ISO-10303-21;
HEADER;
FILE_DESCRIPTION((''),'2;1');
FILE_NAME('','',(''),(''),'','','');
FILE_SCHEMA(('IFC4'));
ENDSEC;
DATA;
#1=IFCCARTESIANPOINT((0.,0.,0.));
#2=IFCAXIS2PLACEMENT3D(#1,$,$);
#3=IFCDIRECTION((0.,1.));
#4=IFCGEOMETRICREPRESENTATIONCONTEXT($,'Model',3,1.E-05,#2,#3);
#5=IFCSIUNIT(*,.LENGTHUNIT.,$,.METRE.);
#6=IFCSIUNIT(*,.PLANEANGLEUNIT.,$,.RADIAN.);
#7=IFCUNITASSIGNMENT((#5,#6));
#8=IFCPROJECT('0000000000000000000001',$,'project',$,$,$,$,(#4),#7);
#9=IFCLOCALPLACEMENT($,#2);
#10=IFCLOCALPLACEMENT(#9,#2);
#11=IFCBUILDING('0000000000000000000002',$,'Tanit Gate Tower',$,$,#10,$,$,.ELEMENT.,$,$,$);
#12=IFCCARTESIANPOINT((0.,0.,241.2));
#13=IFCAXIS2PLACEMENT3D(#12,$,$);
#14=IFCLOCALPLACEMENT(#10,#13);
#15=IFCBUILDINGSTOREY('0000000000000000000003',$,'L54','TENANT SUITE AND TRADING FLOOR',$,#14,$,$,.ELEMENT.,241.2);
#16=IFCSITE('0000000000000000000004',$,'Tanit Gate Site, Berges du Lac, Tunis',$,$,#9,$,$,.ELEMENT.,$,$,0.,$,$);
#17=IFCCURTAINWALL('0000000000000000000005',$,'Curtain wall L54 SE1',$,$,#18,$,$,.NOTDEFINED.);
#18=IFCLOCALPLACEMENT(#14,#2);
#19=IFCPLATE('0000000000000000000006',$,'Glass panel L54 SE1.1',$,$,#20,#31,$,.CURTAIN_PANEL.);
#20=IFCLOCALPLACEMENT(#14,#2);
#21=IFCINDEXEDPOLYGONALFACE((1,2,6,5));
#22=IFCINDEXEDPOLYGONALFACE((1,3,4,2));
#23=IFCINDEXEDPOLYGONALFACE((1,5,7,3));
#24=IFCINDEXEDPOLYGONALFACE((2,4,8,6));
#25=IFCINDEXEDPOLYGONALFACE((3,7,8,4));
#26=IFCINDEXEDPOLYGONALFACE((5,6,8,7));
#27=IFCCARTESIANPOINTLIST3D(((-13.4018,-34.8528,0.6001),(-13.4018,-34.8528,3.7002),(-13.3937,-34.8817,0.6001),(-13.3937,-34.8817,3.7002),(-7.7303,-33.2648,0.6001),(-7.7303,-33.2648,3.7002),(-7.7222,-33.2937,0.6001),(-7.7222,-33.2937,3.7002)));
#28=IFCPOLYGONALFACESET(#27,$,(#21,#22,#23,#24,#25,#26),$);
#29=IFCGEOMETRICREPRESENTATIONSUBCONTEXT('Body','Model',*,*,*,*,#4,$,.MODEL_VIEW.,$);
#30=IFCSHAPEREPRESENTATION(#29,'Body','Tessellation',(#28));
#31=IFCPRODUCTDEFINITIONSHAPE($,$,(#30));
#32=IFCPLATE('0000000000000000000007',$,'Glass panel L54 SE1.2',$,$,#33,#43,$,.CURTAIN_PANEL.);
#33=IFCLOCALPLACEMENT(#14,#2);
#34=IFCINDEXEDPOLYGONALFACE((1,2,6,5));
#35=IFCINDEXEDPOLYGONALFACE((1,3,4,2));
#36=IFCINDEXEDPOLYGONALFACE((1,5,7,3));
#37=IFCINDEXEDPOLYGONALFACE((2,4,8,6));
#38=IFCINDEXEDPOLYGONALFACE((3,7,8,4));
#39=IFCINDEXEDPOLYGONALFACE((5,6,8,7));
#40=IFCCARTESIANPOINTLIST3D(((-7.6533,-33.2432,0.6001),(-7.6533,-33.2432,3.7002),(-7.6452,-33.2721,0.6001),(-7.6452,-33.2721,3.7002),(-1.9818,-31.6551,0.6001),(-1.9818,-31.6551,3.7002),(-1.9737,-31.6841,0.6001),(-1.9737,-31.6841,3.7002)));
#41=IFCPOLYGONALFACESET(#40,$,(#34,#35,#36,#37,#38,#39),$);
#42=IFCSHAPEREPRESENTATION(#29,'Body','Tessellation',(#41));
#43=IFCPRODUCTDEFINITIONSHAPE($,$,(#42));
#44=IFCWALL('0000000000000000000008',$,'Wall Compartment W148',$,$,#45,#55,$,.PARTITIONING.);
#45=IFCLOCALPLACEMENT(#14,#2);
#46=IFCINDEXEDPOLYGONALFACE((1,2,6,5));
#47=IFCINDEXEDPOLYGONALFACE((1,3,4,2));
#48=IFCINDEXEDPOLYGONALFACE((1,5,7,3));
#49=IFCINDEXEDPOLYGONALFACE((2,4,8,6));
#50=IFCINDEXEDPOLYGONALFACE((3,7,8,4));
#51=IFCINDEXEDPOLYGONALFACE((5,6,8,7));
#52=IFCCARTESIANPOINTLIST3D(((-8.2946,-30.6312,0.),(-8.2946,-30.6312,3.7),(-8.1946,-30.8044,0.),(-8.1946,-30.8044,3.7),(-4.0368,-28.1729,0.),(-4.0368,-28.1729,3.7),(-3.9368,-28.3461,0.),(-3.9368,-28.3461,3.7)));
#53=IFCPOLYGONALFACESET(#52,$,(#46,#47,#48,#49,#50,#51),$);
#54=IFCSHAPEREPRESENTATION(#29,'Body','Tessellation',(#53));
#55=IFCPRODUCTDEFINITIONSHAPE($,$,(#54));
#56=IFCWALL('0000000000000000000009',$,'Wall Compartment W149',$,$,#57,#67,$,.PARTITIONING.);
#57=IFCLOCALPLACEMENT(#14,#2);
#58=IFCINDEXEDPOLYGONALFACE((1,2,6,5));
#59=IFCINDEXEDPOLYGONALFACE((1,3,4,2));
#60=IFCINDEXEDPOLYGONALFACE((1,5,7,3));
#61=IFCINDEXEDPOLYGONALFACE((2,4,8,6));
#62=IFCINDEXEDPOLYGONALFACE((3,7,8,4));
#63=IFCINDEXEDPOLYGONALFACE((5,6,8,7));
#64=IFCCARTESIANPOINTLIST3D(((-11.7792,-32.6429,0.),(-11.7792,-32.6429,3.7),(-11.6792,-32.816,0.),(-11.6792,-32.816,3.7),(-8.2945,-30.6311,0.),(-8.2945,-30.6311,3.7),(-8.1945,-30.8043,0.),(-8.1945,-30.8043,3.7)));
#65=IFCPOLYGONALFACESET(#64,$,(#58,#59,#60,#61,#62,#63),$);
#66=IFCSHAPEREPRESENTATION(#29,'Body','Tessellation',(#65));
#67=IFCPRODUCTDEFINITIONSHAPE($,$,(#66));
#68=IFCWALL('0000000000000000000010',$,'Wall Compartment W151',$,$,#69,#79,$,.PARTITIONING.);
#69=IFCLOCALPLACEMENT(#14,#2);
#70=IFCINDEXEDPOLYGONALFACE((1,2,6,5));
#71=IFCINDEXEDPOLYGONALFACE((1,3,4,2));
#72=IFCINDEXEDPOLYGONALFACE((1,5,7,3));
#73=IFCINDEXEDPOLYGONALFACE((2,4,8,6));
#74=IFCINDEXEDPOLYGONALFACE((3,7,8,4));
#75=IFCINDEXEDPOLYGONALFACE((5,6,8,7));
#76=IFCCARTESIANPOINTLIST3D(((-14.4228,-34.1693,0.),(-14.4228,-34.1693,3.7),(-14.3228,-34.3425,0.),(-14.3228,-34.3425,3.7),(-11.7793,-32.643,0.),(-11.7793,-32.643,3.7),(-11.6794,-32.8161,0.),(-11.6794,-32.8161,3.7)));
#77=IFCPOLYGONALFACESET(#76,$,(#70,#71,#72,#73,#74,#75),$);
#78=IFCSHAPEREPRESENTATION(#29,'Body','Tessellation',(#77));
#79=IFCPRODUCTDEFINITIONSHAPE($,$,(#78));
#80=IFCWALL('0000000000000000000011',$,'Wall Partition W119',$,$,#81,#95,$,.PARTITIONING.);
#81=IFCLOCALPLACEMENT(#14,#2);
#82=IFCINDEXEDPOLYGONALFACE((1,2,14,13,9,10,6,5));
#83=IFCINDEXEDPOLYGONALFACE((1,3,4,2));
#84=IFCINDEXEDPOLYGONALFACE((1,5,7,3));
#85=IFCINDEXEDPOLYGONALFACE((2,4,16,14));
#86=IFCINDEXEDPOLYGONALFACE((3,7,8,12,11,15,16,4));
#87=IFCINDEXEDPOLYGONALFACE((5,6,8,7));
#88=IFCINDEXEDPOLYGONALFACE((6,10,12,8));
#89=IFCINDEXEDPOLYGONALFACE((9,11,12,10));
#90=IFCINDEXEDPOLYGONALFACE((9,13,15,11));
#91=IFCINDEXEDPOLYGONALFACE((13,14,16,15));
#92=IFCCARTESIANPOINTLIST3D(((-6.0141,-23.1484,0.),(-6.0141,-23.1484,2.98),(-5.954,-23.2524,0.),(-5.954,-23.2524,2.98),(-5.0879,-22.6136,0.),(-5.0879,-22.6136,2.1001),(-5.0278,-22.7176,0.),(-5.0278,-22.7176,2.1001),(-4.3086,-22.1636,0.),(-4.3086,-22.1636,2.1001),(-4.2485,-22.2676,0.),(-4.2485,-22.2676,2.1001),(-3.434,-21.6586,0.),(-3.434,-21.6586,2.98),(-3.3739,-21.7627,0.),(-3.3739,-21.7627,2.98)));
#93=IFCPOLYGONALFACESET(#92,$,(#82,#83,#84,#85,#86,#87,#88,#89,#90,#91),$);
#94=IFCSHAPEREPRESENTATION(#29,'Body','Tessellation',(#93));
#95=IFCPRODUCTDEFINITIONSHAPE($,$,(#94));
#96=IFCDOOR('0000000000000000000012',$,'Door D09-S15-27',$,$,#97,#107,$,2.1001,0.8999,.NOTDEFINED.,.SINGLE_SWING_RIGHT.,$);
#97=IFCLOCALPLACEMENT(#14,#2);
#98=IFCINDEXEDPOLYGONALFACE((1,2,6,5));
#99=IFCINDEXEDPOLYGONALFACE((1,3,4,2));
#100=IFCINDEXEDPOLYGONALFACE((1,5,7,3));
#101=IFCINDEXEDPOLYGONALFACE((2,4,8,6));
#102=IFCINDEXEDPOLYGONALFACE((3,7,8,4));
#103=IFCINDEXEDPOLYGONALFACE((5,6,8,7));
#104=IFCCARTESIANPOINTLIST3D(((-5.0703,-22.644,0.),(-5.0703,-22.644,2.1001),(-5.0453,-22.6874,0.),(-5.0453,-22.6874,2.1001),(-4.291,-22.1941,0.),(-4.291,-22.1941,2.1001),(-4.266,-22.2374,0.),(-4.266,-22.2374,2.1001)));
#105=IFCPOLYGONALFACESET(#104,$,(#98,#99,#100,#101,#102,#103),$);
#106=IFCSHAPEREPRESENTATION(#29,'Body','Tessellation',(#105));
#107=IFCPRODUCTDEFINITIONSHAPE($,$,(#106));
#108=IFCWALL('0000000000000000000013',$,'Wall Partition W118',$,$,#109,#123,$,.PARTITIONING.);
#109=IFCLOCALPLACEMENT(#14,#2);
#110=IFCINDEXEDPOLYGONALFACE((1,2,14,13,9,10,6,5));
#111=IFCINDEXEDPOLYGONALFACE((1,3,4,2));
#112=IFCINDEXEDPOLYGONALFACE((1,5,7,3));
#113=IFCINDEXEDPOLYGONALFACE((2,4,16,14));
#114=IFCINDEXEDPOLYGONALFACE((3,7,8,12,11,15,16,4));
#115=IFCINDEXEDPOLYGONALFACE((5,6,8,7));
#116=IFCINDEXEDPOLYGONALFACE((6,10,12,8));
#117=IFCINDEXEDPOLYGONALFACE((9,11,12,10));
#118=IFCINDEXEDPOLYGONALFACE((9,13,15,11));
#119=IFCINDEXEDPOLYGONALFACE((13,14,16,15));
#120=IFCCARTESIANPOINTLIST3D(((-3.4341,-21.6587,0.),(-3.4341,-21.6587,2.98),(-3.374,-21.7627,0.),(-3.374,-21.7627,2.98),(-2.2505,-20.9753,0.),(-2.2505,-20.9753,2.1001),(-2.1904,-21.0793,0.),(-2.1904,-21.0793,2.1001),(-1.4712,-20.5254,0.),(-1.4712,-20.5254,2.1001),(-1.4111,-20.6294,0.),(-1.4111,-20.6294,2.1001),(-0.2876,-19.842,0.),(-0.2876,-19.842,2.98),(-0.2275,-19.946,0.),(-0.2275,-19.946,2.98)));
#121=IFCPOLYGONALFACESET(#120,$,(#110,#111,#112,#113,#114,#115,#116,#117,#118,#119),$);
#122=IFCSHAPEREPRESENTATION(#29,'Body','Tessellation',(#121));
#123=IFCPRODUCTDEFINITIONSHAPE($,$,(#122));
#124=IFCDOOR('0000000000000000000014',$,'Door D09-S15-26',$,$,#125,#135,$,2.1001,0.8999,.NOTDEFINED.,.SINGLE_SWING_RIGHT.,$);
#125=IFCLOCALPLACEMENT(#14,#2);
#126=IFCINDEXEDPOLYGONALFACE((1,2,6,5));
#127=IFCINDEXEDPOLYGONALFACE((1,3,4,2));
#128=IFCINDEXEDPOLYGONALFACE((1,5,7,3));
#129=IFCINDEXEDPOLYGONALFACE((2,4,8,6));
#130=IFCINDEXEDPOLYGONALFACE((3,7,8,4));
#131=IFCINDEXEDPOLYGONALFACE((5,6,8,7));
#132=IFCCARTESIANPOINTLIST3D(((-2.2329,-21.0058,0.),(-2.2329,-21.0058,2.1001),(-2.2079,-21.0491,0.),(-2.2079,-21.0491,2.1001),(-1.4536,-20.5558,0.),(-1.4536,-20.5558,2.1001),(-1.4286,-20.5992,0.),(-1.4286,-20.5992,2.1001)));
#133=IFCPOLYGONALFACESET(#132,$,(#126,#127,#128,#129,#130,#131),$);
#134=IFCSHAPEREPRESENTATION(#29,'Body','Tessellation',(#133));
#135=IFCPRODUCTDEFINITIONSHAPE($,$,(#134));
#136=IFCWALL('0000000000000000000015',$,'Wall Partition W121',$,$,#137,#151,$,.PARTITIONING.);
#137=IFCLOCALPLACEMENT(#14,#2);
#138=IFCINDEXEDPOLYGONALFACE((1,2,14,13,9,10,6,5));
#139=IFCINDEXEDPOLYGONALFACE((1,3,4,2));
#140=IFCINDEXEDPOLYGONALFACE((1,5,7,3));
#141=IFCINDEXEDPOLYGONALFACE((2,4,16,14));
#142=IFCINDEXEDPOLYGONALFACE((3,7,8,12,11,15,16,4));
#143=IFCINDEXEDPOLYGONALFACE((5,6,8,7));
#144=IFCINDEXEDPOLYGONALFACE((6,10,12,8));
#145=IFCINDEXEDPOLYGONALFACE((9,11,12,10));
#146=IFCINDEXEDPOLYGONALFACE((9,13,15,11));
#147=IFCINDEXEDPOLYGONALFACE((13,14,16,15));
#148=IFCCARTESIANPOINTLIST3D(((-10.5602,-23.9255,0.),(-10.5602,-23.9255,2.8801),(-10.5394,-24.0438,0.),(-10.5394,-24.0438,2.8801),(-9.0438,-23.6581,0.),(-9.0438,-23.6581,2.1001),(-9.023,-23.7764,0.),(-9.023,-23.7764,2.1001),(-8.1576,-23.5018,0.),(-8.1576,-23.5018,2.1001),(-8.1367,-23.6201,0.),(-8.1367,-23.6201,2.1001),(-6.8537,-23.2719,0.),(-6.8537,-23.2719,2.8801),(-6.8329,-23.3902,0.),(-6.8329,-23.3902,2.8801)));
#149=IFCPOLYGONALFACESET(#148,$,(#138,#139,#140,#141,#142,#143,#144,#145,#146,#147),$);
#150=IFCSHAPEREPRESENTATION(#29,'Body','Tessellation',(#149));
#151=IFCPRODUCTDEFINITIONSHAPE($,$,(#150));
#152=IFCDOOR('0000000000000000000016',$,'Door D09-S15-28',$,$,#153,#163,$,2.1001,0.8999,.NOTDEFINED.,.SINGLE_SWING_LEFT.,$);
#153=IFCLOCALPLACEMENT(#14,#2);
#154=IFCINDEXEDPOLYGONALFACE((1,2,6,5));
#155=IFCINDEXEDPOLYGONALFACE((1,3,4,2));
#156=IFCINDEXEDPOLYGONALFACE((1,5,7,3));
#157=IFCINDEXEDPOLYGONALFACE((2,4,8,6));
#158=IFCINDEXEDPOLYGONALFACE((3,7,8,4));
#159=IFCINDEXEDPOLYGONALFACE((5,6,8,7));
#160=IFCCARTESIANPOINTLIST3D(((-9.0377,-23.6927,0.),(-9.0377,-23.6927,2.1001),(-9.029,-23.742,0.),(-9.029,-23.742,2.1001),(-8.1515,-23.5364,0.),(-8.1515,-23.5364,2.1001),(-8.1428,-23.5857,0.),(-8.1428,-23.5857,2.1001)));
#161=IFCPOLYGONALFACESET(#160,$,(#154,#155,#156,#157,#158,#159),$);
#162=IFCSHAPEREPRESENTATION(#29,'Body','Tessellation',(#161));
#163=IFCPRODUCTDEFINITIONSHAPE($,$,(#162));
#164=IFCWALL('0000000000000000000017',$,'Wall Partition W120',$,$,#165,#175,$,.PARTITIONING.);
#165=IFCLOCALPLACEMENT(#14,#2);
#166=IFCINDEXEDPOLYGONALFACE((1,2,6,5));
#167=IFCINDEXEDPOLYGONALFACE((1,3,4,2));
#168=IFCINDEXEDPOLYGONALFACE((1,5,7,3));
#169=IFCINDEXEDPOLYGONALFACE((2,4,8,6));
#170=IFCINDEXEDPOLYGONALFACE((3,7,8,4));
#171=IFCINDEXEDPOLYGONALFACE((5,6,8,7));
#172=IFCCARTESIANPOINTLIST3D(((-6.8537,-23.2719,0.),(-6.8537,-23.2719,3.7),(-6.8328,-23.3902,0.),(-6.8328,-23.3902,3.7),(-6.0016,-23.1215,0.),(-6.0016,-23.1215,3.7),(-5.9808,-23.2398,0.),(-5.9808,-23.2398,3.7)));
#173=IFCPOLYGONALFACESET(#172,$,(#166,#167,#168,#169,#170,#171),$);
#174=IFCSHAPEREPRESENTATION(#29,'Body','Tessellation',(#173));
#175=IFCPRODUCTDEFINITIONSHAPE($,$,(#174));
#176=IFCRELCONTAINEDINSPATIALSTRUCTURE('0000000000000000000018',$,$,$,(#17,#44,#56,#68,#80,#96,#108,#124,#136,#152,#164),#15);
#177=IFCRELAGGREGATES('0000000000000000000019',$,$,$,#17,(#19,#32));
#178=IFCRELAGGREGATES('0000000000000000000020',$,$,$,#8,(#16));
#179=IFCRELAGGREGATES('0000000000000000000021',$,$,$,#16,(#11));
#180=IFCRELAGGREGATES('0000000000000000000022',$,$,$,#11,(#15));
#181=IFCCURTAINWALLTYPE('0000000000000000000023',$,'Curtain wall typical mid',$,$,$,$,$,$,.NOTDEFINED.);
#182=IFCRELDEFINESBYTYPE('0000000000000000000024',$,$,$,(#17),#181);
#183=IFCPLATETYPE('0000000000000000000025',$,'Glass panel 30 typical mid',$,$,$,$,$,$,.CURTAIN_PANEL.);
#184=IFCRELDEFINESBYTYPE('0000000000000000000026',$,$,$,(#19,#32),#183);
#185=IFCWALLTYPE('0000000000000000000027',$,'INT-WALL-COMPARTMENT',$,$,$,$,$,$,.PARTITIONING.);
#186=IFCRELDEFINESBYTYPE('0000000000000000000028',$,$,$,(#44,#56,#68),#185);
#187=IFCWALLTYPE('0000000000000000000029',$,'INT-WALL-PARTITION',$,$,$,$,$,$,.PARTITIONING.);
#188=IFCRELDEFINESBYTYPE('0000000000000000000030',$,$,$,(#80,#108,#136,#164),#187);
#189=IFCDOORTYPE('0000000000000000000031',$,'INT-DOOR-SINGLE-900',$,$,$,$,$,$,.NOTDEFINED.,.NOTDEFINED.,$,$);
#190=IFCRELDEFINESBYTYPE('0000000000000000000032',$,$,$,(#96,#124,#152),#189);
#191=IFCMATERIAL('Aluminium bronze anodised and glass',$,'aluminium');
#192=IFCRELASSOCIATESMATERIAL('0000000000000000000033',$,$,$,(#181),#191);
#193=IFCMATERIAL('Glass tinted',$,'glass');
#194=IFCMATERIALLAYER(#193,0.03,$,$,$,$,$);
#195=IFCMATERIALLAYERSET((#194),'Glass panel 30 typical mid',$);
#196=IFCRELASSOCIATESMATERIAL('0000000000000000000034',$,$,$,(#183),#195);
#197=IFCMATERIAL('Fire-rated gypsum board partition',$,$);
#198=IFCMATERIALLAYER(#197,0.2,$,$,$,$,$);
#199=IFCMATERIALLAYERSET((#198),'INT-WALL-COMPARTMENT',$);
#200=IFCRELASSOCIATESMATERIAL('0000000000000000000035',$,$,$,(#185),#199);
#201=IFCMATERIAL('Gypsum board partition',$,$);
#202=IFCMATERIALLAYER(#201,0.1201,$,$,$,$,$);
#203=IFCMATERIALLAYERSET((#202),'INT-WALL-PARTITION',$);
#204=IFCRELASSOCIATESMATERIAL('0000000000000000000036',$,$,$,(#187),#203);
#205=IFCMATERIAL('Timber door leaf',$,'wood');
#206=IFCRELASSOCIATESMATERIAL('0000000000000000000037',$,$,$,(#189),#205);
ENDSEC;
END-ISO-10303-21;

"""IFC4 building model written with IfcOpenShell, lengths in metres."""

from ifc_helpers import new_model, si_unit, direction, frame, frame_2d, origin, origin_2d, place, context, subcontext, project, spatial, rectangle, extrude, material, layer, layer_set, type_object, element, fill, aggregate, save


model = new_model("IFC4")

# Units and contexts
model_context = context("Model", 3, precision=1e-05, world=origin(), true_north=direction((0.0, 1.0)))
body_context = subcontext(model_context, "Body", "Model", "MODEL_VIEW")
ifc_project = project(units=[si_unit("LENGTHUNIT", "METRE"), si_unit("PLANEANGLEUNIT", "RADIAN")], contexts=[model_context])

# Site, building, storey
site_placement = place(None, origin())
site = spatial("IfcSite", under=ifc_project, at=site_placement, Name="Tanit Gate Site, Berges du Lac, Tunis", CompositionType="ELEMENT", RefElevation=0.0)
building_placement = place(site_placement, origin())
building = spatial("IfcBuilding", under=site, at=building_placement, Name="Tanit Gate Tower", CompositionType="ELEMENT")
storey_placement = place(building_placement, frame((0.0, 0.0, 241.2)))
storey = spatial("IfcBuildingStorey", under=building, at=storey_placement, Name="L54", Description="TENANT SUITE AND TRADING FLOOR", CompositionType="ELEMENT", Elevation=241.2)

# Curtain wall
ifc_material_1 = material(Name="Aluminium bronze anodised and glass", Category="aluminium")
curtain_wall_type = type_object("IfcCurtainWallType", Name="Curtain wall typical mid", PredefinedType="NOTDEFINED", material=ifc_material_1)
curtain_wall_placement = place(storey_placement, origin())
curtain_wall = element("IfcCurtainWall", 1, at=curtain_wall_placement, inside=storey, type_object=curtain_wall_type, Name="Curtain wall L54 SE1", PredefinedType="NOTDEFINED")

# Plates
ifc_material_2 = material(Name="Glass tinted", Category="glass")
ifc_layer_1 = layer(ifc_material_2, 0.03)
ifc_layer_set_1 = layer_set([ifc_layer_1], Name="Glass panel 30 typical mid")
plate_type = type_object("IfcPlateType", Name="Glass panel 30 typical mid", PredefinedType="CURTAIN_PANEL", material=ifc_layer_set_1)
plate_1_placement = place(storey_placement, frame((-10.562, -34.0732, 0.6001), z_axis=(0.0, 0.0, 1.0), x_axis=(0.962964, 0.269632, 0.0)))
plate_1 = element("IfcPlate", 2, at=plate_1_placement, type_object=plate_type, Name="Glass panel L54 SE1.1", PredefinedType="CURTAIN_PANEL", context=body_context, shape_type="SweptSolid", body=[
    extrude(rectangle(XDim=5.8896, YDim=0.03, at=origin_2d()), origin(), (0.0, 0.0, 1.0), 3.1001),
])
plate_2_placement = place(storey_placement, frame((-4.8135, -32.4636, 0.6001), z_axis=(0.0, 0.0, 1.0), x_axis=(0.962964, 0.269632, 0.0)))
plate_2 = element("IfcPlate", 3, at=plate_2_placement, type_object=plate_type, Name="Glass panel L54 SE1.2", PredefinedType="CURTAIN_PANEL", context=body_context, shape_type="SweptSolid", body=[
    extrude(rectangle(XDim=5.8896, YDim=0.03, at=origin_2d()), origin(), (0.0, 0.0, 1.0), 3.1001),
])
aggregate(curtain_wall, [plate_1, plate_2])

# Walls
ifc_material_3 = material(Name="Fire-rated gypsum board partition")
ifc_layer_2 = layer(ifc_material_3, 0.2)
ifc_layer_set_2 = layer_set([ifc_layer_2], Name="INT-WALL-COMPARTMENT")
wall_type_1 = type_object("IfcWallType", Name="INT-WALL-COMPARTMENT", PredefinedType="PARTITIONING", material=ifc_layer_set_2)
wall_1_placement = place(storey_placement, frame((-3.9868, -28.2595, 0.0), z_axis=(0.0, 0.0, 1.0), x_axis=(-0.866025, -0.5, 0.0)))
element("IfcWall", 4, at=wall_1_placement, inside=storey, type_object=wall_type_1, Name="Wall Compartment W148", PredefinedType="PARTITIONING", context=body_context, shape_type="SweptSolid", body=[
    extrude(rectangle(XDim=4.9165, YDim=0.2, at=frame_2d((2.4583, 0.0))), origin(), (0.0, 0.0, 1.0), 3.7),
])
wall_2_placement = place(storey_placement, frame((-8.2446, -30.7178, 0.0), z_axis=(0.0, 0.0, 1.0), x_axis=(-0.866039, -0.499976, 0.0)))
element("IfcWall", 5, at=wall_2_placement, inside=storey, type_object=wall_type_1, Name="Wall Compartment W149", PredefinedType="PARTITIONING", context=body_context, shape_type="SweptSolid", body=[
    extrude(rectangle(XDim=4.0237, YDim=0.2, at=frame_2d((2.0117, 0.0))), origin(), (0.0, 0.0, 1.0), 3.7),
])
wall_3_placement = place(storey_placement, frame((-11.7292, -32.7295, 0.0), z_axis=(0.0, 0.0, 1.0), x_axis=(-0.86601, -0.500027, 0.0)))
element("IfcWall", 6, at=wall_3_placement, inside=storey, type_object=wall_type_1, Name="Wall Compartment W151", PredefinedType="PARTITIONING", context=body_context, shape_type="SweptSolid", body=[
    extrude(rectangle(XDim=3.0525, YDim=0.2, at=frame_2d((1.5264, 0.0))), origin(), (0.0, 0.0, 1.0), 3.7),
])

# Walls, openings, doors
ifc_material_4 = material(Name="Gypsum board partition")
ifc_layer_3 = layer(ifc_material_4, 0.1201)
ifc_layer_set_3 = layer_set([ifc_layer_3], Name="INT-WALL-PARTITION")
wall_type_2 = type_object("IfcWallType", Name="INT-WALL-PARTITION", PredefinedType="PARTITIONING", material=ifc_layer_set_3)
wall_4_placement = place(storey_placement, frame((-5.9841, -23.2004, 0.0), z_axis=(0.0, 0.0, 1.0), x_axis=(0.866005, 0.500035, 0.0)))
wall_4 = element("IfcWall", 7, at=wall_4_placement, inside=storey, type_object=wall_type_2, Name="Wall Partition W119", PredefinedType="PARTITIONING", context=body_context, shape_type="SweptSolid", body=[
    extrude(rectangle(XDim=2.9792, YDim=0.1201, at=frame_2d((1.4897, 0.0))), origin(), (0.0, 0.0, 1.0), 2.98),
])
opening_1_placement = place(wall_4_placement, frame((1.0696, 0.0, 0.0)))
opening_1 = element("IfcOpeningElement", 8, at=opening_1_placement, cuts=wall_4, PredefinedType="OPENING", context=body_context, shape_type="SweptSolid", body=[
    extrude(rectangle(XDim=0.8999, YDim=2.1001, at=frame_2d((0.45, 1.05))), frame((0.0, 0.0701, 0.0), z_axis=(0.0, -1.0, 0.0), x_axis=(1.0, 0.0, 0.0)), (0.0, 0.0, 1.0), 0.1401),
])
ifc_material_5 = material(Name="Timber door leaf", Category="wood")
door_type_1 = type_object("IfcDoorType", Name="INT-DOOR-SINGLE-900", OperationType="NOTDEFINED", PredefinedType="NOTDEFINED", material=ifc_material_5)
door_1_placement = place(opening_1_placement, origin())
door_1 = element("IfcDoor", 9, at=door_1_placement, inside=storey, type_object=door_type_1, Name="Door D09-S15-27", OperationType="SINGLE_SWING_RIGHT", OverallHeight=2.1001, OverallWidth=0.8999, PredefinedType="NOTDEFINED", context=body_context, shape_type="SweptSolid", body=[
    extrude(rectangle(XDim=0.8999, YDim=2.1001, at=frame_2d((0.45, 1.05))), frame((0.0, 0.0249, 0.0), z_axis=(0.0, -1.0, 0.0), x_axis=(1.0, 0.0, 0.0)), (0.0, 0.0, 1.0), 0.05),
])
fill(opening_1, door_1)
wall_5_placement = place(storey_placement, frame((-3.4041, -21.7107, 0.0), z_axis=(0.0, 0.0, 1.0), x_axis=(0.866022, 0.500006, 0.0)))
wall_5 = element("IfcWall", 10, at=wall_5_placement, inside=storey, type_object=wall_type_2, Name="Wall Partition W118", PredefinedType="PARTITIONING", context=body_context, shape_type="SweptSolid", body=[
    extrude(rectangle(XDim=3.6333, YDim=0.1201, at=frame_2d((1.8167, 0.0))), origin(), (0.0, 0.0, 1.0), 2.98),
])
opening_2_placement = place(wall_5_placement, frame((1.3667, 0.0, 0.0)))
opening_2 = element("IfcOpeningElement", 11, at=opening_2_placement, cuts=wall_5, PredefinedType="OPENING", context=body_context, shape_type="SweptSolid", body=[
    extrude(rectangle(XDim=0.8999, YDim=2.1001, at=frame_2d((0.45, 1.05))), frame((0.0, 0.0701, 0.0), z_axis=(0.0, -1.0, 0.0), x_axis=(1.0, 0.0, 0.0)), (0.0, 0.0, 1.0), 0.1401),
])
door_2_placement = place(opening_2_placement, origin())
door_2 = element("IfcDoor", 12, at=door_2_placement, inside=storey, type_object=door_type_1, Name="Door D09-S15-26", OperationType="SINGLE_SWING_RIGHT", OverallHeight=2.1001, OverallWidth=0.8999, PredefinedType="NOTDEFINED", context=body_context, shape_type="SweptSolid", body=[
    extrude(rectangle(XDim=0.8999, YDim=2.1001, at=frame_2d((0.45, 1.05))), frame((0.0, 0.0249, 0.0), z_axis=(0.0, -1.0, 0.0), x_axis=(1.0, 0.0, 0.0)), (0.0, 0.0, 1.0), 0.05),
])
fill(opening_2, door_2)
wall_6_placement = place(storey_placement, frame((-10.5498, -23.9846, 0.0), z_axis=(0.0, 0.0, 1.0), x_axis=(0.984808, 0.173648, 0.0)))
wall_6 = element("IfcWall", 13, at=wall_6_placement, inside=storey, type_object=wall_type_2, Name="Wall Partition W121", PredefinedType="PARTITIONING", context=body_context, shape_type="SweptSolid", body=[
    extrude(rectangle(XDim=3.7637, YDim=0.1201, at=frame_2d((1.8818, 0.0))), origin(), (0.0, 0.0, 1.0), 2.8801),
])
opening_3_placement = place(wall_6_placement, frame((1.5398, 0.0, 0.0)))
opening_3 = element("IfcOpeningElement", 14, at=opening_3_placement, cuts=wall_6, PredefinedType="OPENING", context=body_context, shape_type="SweptSolid", body=[
    extrude(rectangle(XDim=0.8999, YDim=2.1001, at=frame_2d((0.45, 1.05))), frame((0.0, 0.0701, 0.0), z_axis=(0.0, -1.0, 0.0), x_axis=(1.0, 0.0, 0.0)), (0.0, 0.0, 1.0), 0.1401),
])
door_3_placement = place(opening_3_placement, origin())
door_3 = element("IfcDoor", 15, at=door_3_placement, inside=storey, type_object=door_type_1, Name="Door D09-S15-28", OperationType="SINGLE_SWING_LEFT", OverallHeight=2.1001, OverallWidth=0.8999, PredefinedType="NOTDEFINED", context=body_context, shape_type="SweptSolid", body=[
    extrude(rectangle(XDim=0.8999, YDim=2.1001, at=frame_2d((0.45, 1.05))), frame((0.0, 0.0249, 0.0), z_axis=(0.0, -1.0, 0.0), x_axis=(1.0, 0.0, 0.0)), (0.0, 0.0, 1.0), 0.05),
])
fill(opening_3, door_3)

# Wall
wall_7_placement = place(storey_placement, frame((-6.8433, -23.3311, 0.0), z_axis=(0.0, 0.0, 1.0), x_axis=(0.984778, 0.173818, 0.0)))
element("IfcWall", 16, at=wall_7_placement, inside=storey, type_object=wall_type_2, Name="Wall Partition W120", PredefinedType="PARTITIONING", context=body_context, shape_type="SweptSolid", body=[
    extrude(rectangle(XDim=0.8652, YDim=0.1201, at=frame_2d((0.4326, 0.0))), origin(), (0.0, 0.0, 1.0), 3.7),
])

save(model, "model.ifc")
